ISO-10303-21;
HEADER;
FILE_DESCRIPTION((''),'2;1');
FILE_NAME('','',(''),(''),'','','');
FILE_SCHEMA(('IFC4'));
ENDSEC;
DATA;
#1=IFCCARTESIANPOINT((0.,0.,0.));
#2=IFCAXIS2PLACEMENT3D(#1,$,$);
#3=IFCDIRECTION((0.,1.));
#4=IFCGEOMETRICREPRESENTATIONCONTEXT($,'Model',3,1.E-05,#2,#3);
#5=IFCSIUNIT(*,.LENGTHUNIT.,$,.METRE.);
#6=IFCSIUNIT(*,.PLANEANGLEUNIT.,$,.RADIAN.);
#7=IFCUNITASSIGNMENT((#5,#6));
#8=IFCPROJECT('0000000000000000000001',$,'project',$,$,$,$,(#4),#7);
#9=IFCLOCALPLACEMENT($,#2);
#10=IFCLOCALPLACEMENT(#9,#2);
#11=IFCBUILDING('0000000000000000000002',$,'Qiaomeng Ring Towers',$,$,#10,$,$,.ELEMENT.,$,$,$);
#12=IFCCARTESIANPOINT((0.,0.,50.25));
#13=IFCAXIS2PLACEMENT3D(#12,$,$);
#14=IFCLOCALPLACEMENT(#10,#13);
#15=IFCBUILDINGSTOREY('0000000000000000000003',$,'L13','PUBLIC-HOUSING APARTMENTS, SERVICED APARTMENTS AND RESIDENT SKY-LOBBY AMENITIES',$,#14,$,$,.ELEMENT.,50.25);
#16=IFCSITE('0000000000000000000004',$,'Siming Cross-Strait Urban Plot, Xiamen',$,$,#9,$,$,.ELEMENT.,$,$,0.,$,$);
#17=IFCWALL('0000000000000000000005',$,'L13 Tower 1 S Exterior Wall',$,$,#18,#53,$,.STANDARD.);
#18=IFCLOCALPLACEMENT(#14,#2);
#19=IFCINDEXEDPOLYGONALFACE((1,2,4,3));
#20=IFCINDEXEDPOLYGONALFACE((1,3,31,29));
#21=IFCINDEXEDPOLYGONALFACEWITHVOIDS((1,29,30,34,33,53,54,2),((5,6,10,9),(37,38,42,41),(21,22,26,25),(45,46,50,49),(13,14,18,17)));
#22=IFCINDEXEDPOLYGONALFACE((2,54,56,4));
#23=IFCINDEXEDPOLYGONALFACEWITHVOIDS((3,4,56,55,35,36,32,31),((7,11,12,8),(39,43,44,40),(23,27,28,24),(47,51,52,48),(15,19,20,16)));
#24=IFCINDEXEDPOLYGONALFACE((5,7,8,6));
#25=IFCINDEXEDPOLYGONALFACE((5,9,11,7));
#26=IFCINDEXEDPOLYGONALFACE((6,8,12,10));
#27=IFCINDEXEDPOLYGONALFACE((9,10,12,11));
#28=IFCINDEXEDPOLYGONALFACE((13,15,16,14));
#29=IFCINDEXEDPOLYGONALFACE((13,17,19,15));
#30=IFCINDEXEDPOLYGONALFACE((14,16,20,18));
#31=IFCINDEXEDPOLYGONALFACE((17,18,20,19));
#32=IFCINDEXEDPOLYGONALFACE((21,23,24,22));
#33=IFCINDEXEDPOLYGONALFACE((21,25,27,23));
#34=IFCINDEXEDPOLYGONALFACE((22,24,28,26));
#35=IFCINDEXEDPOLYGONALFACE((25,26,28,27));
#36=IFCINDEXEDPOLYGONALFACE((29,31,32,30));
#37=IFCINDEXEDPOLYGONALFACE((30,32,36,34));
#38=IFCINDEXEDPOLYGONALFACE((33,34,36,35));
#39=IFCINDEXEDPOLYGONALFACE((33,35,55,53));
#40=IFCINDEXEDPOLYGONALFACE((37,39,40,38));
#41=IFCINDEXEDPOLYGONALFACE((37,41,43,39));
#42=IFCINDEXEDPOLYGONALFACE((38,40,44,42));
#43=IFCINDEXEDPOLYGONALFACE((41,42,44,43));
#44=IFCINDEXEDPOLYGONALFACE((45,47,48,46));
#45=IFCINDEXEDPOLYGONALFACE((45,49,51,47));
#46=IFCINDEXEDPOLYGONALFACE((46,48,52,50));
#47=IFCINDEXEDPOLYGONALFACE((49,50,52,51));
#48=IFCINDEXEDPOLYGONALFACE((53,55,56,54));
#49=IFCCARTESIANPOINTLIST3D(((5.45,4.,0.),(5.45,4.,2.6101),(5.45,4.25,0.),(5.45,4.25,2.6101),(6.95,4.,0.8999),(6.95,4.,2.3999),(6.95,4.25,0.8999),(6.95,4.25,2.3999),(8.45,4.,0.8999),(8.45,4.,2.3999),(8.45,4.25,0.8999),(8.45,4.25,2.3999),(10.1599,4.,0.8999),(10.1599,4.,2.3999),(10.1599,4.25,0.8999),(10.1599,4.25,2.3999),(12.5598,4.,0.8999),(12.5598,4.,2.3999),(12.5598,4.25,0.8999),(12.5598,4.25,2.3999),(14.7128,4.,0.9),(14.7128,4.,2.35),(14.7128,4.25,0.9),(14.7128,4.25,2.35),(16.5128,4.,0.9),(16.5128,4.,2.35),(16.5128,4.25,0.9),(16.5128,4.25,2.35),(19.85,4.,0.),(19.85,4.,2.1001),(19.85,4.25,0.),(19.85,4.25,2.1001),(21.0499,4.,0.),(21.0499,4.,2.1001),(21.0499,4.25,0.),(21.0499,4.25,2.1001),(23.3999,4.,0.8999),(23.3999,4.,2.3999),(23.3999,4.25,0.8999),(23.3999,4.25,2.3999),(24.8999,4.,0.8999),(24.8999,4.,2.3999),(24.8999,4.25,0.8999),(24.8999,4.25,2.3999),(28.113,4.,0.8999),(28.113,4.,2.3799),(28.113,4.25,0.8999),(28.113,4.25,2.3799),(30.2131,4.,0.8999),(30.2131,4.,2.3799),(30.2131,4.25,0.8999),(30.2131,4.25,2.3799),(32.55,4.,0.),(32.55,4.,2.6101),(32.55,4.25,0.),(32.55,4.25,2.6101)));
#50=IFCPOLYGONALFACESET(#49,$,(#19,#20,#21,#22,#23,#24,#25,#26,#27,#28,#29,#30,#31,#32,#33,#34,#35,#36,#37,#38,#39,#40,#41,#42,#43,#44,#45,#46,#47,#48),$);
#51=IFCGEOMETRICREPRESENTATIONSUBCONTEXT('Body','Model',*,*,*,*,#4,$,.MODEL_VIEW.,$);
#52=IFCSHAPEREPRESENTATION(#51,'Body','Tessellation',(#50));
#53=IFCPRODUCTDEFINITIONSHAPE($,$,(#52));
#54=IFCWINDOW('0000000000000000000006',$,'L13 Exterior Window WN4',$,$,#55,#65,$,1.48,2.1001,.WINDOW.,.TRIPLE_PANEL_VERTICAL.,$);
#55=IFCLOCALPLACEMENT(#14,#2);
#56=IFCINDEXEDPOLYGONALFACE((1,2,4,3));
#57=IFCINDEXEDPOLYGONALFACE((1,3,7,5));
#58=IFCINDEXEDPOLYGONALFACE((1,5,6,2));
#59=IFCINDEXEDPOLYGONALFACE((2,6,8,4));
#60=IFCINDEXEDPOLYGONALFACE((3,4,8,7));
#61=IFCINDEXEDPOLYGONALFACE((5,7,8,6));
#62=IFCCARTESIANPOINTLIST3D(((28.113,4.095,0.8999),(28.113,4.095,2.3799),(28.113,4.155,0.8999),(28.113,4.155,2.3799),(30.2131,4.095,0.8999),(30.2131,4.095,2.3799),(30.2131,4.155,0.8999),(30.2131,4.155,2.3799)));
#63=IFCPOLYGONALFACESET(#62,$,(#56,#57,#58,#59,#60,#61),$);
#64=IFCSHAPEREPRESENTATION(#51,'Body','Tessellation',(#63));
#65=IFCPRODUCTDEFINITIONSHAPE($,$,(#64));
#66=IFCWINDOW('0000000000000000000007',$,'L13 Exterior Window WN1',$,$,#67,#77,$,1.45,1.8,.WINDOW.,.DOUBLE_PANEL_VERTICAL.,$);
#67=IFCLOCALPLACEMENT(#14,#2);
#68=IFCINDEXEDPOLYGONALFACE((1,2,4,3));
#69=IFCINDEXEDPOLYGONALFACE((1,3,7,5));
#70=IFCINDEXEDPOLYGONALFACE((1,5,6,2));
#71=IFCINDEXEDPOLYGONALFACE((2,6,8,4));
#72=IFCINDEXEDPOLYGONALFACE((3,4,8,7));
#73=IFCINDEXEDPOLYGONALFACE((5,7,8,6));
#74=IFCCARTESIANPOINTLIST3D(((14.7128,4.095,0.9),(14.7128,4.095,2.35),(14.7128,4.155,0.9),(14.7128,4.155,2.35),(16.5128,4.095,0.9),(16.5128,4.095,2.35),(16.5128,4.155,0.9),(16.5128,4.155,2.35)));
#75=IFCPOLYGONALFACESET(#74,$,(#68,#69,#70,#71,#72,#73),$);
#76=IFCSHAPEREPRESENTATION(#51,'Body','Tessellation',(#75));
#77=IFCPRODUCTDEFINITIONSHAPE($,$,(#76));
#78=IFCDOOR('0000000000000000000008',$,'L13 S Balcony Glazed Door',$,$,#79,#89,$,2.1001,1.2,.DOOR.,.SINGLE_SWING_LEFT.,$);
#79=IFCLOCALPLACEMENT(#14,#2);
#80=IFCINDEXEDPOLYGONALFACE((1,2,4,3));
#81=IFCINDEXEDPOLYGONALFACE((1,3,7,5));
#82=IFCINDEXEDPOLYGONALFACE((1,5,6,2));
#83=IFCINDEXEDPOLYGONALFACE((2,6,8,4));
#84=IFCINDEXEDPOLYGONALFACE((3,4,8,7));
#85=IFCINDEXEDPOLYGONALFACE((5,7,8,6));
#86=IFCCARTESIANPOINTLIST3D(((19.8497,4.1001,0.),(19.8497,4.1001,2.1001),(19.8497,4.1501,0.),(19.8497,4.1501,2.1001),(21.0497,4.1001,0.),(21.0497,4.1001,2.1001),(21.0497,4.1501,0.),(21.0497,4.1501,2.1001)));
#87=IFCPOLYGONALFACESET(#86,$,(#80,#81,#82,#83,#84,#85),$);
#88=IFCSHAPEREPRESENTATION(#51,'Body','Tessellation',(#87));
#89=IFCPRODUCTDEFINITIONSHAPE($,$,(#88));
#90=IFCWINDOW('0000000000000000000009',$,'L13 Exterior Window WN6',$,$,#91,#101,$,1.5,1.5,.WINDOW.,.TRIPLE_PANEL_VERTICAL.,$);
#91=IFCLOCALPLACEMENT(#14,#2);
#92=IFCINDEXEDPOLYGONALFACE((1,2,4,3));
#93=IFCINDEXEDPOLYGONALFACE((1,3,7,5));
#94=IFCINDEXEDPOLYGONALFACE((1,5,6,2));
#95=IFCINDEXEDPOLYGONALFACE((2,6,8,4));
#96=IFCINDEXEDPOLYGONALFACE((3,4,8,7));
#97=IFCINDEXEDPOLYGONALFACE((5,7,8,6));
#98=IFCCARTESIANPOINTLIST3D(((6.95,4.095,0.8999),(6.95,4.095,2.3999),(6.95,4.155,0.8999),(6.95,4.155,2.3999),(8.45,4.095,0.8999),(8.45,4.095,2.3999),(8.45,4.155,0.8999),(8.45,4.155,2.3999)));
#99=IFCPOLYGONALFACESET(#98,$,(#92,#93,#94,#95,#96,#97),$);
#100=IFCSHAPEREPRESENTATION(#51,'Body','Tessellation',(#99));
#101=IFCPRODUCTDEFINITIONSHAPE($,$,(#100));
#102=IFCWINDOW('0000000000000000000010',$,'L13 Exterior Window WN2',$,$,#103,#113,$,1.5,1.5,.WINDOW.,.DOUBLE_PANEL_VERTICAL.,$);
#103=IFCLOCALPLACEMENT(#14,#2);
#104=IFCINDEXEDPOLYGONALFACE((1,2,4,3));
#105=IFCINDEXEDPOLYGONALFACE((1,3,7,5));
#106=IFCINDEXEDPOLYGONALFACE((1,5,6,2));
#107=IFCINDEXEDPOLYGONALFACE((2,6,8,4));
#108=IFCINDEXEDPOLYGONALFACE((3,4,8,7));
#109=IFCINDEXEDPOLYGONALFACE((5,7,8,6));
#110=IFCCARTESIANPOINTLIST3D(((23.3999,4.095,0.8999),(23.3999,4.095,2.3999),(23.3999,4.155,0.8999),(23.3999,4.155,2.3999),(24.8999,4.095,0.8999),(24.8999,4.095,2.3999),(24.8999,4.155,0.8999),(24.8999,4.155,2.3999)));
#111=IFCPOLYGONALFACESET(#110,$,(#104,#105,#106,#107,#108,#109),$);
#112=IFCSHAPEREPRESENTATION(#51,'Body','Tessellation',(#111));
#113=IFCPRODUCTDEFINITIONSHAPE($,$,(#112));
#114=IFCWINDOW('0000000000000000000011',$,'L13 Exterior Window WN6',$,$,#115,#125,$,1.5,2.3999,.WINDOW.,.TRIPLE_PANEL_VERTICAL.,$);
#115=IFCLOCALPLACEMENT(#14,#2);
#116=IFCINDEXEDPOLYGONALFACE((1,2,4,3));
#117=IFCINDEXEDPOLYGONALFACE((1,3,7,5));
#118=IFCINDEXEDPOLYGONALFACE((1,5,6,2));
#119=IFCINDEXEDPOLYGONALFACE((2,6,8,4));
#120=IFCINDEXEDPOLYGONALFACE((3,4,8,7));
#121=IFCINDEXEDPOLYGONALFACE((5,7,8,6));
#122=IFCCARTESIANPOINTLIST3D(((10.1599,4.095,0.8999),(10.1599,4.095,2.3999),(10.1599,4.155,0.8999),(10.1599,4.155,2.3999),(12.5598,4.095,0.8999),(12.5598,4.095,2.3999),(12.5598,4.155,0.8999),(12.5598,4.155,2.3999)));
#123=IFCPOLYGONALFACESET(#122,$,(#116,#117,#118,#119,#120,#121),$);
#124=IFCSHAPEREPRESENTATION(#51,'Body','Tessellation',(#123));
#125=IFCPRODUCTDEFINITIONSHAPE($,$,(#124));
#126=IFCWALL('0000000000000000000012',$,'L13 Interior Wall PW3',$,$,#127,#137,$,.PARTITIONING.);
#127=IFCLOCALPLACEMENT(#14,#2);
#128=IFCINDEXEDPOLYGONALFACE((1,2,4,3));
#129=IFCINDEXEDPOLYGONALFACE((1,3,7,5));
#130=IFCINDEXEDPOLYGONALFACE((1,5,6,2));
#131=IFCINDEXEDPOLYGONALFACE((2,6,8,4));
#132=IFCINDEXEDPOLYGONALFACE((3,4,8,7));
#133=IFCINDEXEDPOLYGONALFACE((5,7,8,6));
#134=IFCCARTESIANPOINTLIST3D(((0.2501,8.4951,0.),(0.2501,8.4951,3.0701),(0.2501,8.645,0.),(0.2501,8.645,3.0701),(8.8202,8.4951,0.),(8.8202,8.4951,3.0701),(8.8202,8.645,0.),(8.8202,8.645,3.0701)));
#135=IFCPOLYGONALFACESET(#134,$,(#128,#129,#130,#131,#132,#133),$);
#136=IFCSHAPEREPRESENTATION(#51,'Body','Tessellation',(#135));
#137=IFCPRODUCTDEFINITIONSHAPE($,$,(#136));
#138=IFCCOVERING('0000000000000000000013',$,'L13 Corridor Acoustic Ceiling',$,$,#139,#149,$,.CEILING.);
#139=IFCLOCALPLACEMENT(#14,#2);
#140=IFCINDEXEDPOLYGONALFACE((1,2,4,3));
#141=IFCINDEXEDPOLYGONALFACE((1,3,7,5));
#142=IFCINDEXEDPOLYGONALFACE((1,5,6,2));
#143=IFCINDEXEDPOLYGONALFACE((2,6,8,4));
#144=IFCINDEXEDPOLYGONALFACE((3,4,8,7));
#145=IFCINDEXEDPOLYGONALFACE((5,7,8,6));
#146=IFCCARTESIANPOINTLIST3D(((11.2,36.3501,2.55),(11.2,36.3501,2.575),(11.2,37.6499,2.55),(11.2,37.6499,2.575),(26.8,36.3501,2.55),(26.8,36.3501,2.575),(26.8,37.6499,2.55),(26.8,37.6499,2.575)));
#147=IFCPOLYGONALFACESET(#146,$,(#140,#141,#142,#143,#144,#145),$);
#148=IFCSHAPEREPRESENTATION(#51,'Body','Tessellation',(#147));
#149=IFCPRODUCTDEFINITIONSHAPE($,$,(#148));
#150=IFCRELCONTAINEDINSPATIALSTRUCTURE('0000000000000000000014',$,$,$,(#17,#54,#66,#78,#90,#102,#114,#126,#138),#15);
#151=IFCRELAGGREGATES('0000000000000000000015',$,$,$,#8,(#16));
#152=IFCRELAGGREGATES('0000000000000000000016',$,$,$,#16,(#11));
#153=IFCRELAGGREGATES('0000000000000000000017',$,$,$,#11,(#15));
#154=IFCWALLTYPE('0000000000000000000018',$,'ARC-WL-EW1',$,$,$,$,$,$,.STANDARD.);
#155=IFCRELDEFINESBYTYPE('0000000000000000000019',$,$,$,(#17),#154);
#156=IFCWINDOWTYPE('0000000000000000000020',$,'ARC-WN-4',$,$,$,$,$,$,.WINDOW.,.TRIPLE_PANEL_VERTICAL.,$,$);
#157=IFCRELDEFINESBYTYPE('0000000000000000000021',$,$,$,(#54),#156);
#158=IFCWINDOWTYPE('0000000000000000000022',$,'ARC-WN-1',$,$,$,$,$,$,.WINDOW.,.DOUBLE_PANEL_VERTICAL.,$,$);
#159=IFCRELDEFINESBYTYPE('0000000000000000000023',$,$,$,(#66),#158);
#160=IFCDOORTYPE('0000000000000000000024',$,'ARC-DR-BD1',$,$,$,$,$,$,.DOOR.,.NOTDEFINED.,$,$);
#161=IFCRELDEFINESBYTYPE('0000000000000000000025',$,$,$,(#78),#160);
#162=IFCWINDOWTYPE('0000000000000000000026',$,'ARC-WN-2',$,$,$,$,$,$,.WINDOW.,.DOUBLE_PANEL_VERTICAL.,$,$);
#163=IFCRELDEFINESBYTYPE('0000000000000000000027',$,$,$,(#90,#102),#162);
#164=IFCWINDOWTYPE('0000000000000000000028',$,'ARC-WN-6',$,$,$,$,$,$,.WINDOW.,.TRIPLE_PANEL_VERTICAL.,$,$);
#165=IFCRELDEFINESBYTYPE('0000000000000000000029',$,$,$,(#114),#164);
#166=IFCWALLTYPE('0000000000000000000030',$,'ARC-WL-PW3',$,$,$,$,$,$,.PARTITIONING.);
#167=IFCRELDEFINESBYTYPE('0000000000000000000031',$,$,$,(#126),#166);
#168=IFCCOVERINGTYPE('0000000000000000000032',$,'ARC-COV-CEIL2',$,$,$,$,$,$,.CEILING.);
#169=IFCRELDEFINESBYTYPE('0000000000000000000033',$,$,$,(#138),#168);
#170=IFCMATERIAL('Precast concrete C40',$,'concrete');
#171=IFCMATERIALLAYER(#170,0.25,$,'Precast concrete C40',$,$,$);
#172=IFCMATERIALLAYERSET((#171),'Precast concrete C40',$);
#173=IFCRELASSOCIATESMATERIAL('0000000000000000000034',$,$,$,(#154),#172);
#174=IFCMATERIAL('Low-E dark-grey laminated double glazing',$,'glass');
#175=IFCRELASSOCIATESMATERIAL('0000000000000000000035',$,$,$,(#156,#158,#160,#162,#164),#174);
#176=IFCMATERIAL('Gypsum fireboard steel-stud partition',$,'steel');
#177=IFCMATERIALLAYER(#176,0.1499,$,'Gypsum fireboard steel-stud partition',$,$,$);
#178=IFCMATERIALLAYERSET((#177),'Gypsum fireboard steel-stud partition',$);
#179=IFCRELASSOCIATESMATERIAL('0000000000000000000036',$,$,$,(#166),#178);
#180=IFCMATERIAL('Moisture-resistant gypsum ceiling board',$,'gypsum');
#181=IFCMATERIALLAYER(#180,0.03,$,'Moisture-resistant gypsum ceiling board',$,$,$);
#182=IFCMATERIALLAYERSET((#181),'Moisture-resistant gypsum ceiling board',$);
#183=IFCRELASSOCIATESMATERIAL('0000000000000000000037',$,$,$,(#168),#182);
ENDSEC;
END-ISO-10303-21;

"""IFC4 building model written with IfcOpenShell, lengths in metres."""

from ifc_helpers import new_model, si_unit, direction, frame, frame_2d, origin, place, context, subcontext, project, spatial, polyline, rectangle, outline, extrude, source, transform, mapped, material, layer, layer_set, type_object, element, fill, save


model = new_model("IFC4")

# Units and contexts
model_context = context("Model", 3, precision=1e-05, world=origin(), true_north=direction((0.0, 1.0)))
body_context = subcontext(model_context, "Body", "Model", "MODEL_VIEW")
ifc_project = project(units=[si_unit("LENGTHUNIT", "METRE"), si_unit("PLANEANGLEUNIT", "RADIAN")], contexts=[model_context])

# Site, building, storey
site_placement = place(None, origin())
site = spatial("IfcSite", under=ifc_project, at=site_placement, Name="Siming Cross-Strait Urban Plot, Xiamen", CompositionType="ELEMENT", RefElevation=0.0)
building_placement = place(site_placement, origin())
building = spatial("IfcBuilding", under=site, at=building_placement, Name="Qiaomeng Ring Towers", CompositionType="ELEMENT")
storey_placement = place(building_placement, frame((0.0, 0.0, 50.25)))
storey = spatial("IfcBuildingStorey", under=building, at=storey_placement, Name="L13", Description="PUBLIC-HOUSING APARTMENTS, SERVICED APARTMENTS AND RESIDENT SKY-LOBBY AMENITIES", CompositionType="ELEMENT", Elevation=50.25)

# Shared definitions
ifc_material_1 = material(Name="Low-E dark-grey laminated double glazing", Category="glass")

# Wall, openings, windows, door
ifc_material_2 = material(Name="Precast concrete C40", Category="concrete")
ifc_layer_1 = layer(ifc_material_2, 0.25, Name="Precast concrete C40")
ifc_layer_set_1 = layer_set([ifc_layer_1], Name="Precast concrete C40")
wall_type_1 = type_object("IfcWallType", Name="ARC-WL-EW1", PredefinedType="STANDARD", material=ifc_layer_set_1)
wall_1_placement = place(storey_placement, frame((5.45, 4.125, 0.0), z_axis=(0.0, 0.0, 1.0), x_axis=(1.0, 0.0, 0.0)))
wall_1 = element("IfcWall", 1, at=wall_1_placement, inside=storey, type_object=wall_type_1, Name="L13 Tower 1 S Exterior Wall", PredefinedType="STANDARD", context=body_context, shape_type="SweptSolid", body=[
    extrude(rectangle(XDim=27.1001, YDim=0.25, at=frame_2d((13.55, 0.0))), origin(), (0.0, 0.0, 1.0), 2.6101),
])
opening_1_placement = place(wall_1_placement, frame((14.3999, 0.0, 0.0)))
opening_1 = element("IfcOpeningElement", 2, at=opening_1_placement, cuts=wall_1, PredefinedType="OPENING", context=body_context, shape_type="SweptSolid", body=[
    extrude(rectangle(XDim=1.2, YDim=2.1001, at=frame_2d((0.6001, 1.05))), frame((0.0, 0.135, 0.0), z_axis=(0.0, -1.0, 0.0), x_axis=(1.0, 0.0, 0.0)), (0.0, 0.0, 1.0), 0.27),
])
opening_2_placement = place(wall_1_placement, frame((1.5, 0.0, 0.8999)))
opening_2 = element("IfcOpeningElement", 3, at=opening_2_placement, cuts=wall_1, PredefinedType="OPENING", context=body_context, shape_type="SweptSolid", body=[
    extrude(rectangle(XDim=1.5, YDim=1.5, at=frame_2d((0.75, 0.75))), frame((0.0, 0.135, 0.0), z_axis=(0.0, -1.0, 0.0), x_axis=(1.0, 0.0, 0.0)), (0.0, 0.0, 1.0), 0.27),
])
opening_3_placement = place(wall_1_placement, frame((9.2629, 0.0, 0.8999)))
opening_3 = element("IfcOpeningElement", 4, at=opening_3_placement, cuts=wall_1, PredefinedType="OPENING", context=body_context, shape_type="SweptSolid", body=[
    extrude(rectangle(XDim=1.8, YDim=1.45, at=frame_2d((0.8999, 0.7251))), frame((0.0, 0.135, 0.0), z_axis=(0.0, -1.0, 0.0), x_axis=(1.0, 0.0, 0.0)), (0.0, 0.0, 1.0), 0.27),
])
opening_4_placement = place(wall_1_placement, frame((17.95, 0.0, 0.8999)))
opening_4 = element("IfcOpeningElement", 5, at=opening_4_placement, cuts=wall_1, PredefinedType="OPENING", context=body_context, shape_type="SweptSolid", body=[
    extrude(rectangle(XDim=1.5, YDim=1.5, at=frame_2d((0.75, 0.75))), frame((0.0, 0.135, 0.0), z_axis=(0.0, -1.0, 0.0), x_axis=(1.0, 0.0, 0.0)), (0.0, 0.0, 1.0), 0.27),
])
opening_5_placement = place(wall_1_placement, frame((22.6631, 0.0, 0.8999)))
opening_5 = element("IfcOpeningElement", 6, at=opening_5_placement, cuts=wall_1, PredefinedType="OPENING", context=body_context, shape_type="SweptSolid", body=[
    extrude(rectangle(XDim=2.1001, YDim=1.48, at=frame_2d((1.05, 0.74))), frame((0.0, 0.135, 0.0), z_axis=(0.0, -1.0, 0.0), x_axis=(1.0, 0.0, 0.0)), (0.0, 0.0, 1.0), 0.27),
])
opening_6_placement = place(wall_1_placement, frame((4.71, 0.0, 0.8999)))
opening_6 = element("IfcOpeningElement", 7, at=opening_6_placement, cuts=wall_1, PredefinedType="OPENING", context=body_context, shape_type="SweptSolid", body=[
    extrude(rectangle(XDim=2.3999, YDim=1.5, at=frame_2d((1.2, 0.75))), frame((0.0, 0.135, 0.0), z_axis=(0.0, -1.0, 0.0), x_axis=(1.0, 0.0, 0.0)), (0.0, 0.0, 1.0), 0.27),
])
window_type_1 = type_object("IfcWindowType", Name="ARC-WN-4", PartitioningType="TRIPLE_PANEL_VERTICAL", PredefinedType="WINDOW", material=ifc_material_1)
shared_shape_1 = source(origin(), body_context, "Body", "SweptSolid", [
    extrude(rectangle(XDim=2.1001, YDim=1.48, at=frame_2d((1.05, 0.74))), frame((0.0, 0.03, 0.0), z_axis=(0.0, -1.0, 0.0), x_axis=(1.0, 0.0, 0.0)), (0.0, 0.0, 1.0), 0.0601),
])
window_1_placement = place(opening_5_placement, origin())
window_1 = element("IfcWindow", 8, at=window_1_placement, inside=storey, type_object=window_type_1, Name="L13 Exterior Window WN4", OverallHeight=1.48, OverallWidth=2.1001, PartitioningType="TRIPLE_PANEL_VERTICAL", PredefinedType="WINDOW", context=body_context, shape_type="MappedRepresentation", body=[
    mapped(shared_shape_1, transform((0.0, 0.0, 0.0), x_axis=(1.0, 0.0, 0.0), y_axis=(0.0, 1.0, 0.0), z_axis=(0.0, 0.0, 1.0), scale=1.0)),
])
fill(opening_5, window_1)
window_type_2 = type_object("IfcWindowType", Name="ARC-WN-1", PartitioningType="DOUBLE_PANEL_VERTICAL", PredefinedType="WINDOW", material=ifc_material_1)
shared_shape_2 = source(origin(), body_context, "Body", "SweptSolid", [
    extrude(rectangle(XDim=1.8, YDim=1.45, at=frame_2d((0.8999, 0.7251))), frame((0.0, 0.03, 0.0), z_axis=(0.0, -1.0, 0.0), x_axis=(1.0, 0.0, 0.0)), (0.0, 0.0, 1.0), 0.0601),
])
window_2_placement = place(opening_3_placement, origin())
window_2 = element("IfcWindow", 9, at=window_2_placement, inside=storey, type_object=window_type_2, Name="L13 Exterior Window WN1", OverallHeight=1.45, OverallWidth=1.8, PartitioningType="DOUBLE_PANEL_VERTICAL", PredefinedType="WINDOW", context=body_context, shape_type="MappedRepresentation", body=[
    mapped(shared_shape_2, transform((0.0, 0.0, 0.0), x_axis=(1.0, 0.0, 0.0), y_axis=(0.0, 1.0, 0.0), z_axis=(0.0, 0.0, 1.0), scale=1.0)),
])
fill(opening_3, window_2)
door_type = type_object("IfcDoorType", Name="ARC-DR-BD1", OperationType="NOTDEFINED", PredefinedType="DOOR", material=ifc_material_1)
shared_shape_3 = source(origin(), body_context, "Body", "SweptSolid", [
    extrude(rectangle(XDim=1.2, YDim=2.1001, at=frame_2d((0.6001, 1.05))), frame((0.0, 0.0249, 0.0), z_axis=(0.0, -1.0, 0.0), x_axis=(1.0, 0.0, 0.0)), (0.0, 0.0, 1.0), 0.05),
])
door_placement = place(opening_1_placement, frame((1.2, 0.0, 0.0), z_axis=(0.0, 0.0, 1.0), x_axis=(-1.0, 0.0, 0.0)))
door = element("IfcDoor", 10, at=door_placement, inside=storey, type_object=door_type, Name="L13 S Balcony Glazed Door", OperationType="SINGLE_SWING_LEFT", OverallHeight=2.1001, OverallWidth=1.2, PredefinedType="DOOR", context=body_context, shape_type="MappedRepresentation", body=[
    mapped(shared_shape_3, transform((0.0, 0.0, 0.0), x_axis=(1.0, 0.0, 0.0), y_axis=(0.0, 1.0, 0.0), z_axis=(0.0, 0.0, 1.0), scale=1.0)),
])
fill(opening_1, door)
window_type_3 = type_object("IfcWindowType", Name="ARC-WN-2", PartitioningType="DOUBLE_PANEL_VERTICAL", PredefinedType="WINDOW", material=ifc_material_1)
shared_shape_4 = source(origin(), body_context, "Body", "SweptSolid", [
    extrude(rectangle(XDim=1.5, YDim=1.5, at=frame_2d((0.75, 0.75))), frame((0.0, 0.03, 0.0), z_axis=(0.0, -1.0, 0.0), x_axis=(1.0, 0.0, 0.0)), (0.0, 0.0, 1.0), 0.0601),
])
window_3_placement = place(opening_2_placement, origin())
window_3 = element("IfcWindow", 11, at=window_3_placement, inside=storey, type_object=window_type_3, Name="L13 Exterior Window WN6", OverallHeight=1.5, OverallWidth=1.5, PartitioningType="TRIPLE_PANEL_VERTICAL", PredefinedType="WINDOW", context=body_context, shape_type="MappedRepresentation", body=[
    mapped(shared_shape_4, transform((0.0, 0.0, 0.0), x_axis=(1.0, 0.0, 0.0), y_axis=(0.0, 1.0, 0.0), z_axis=(0.0, 0.0, 1.0), scale=1.0)),
])
fill(opening_2, window_3)
window_4_placement = place(opening_4_placement, origin())
window_4 = element("IfcWindow", 12, at=window_4_placement, inside=storey, type_object=window_type_3, Name="L13 Exterior Window WN2", OverallHeight=1.5, OverallWidth=1.5, PartitioningType="DOUBLE_PANEL_VERTICAL", PredefinedType="WINDOW", context=body_context, shape_type="MappedRepresentation", body=[
    mapped(shared_shape_4, transform((0.0, 0.0, 0.0), x_axis=(1.0, 0.0, 0.0), y_axis=(0.0, 1.0, 0.0), z_axis=(0.0, 0.0, 1.0), scale=1.0)),
])
fill(opening_4, window_4)
window_type_4 = type_object("IfcWindowType", Name="ARC-WN-6", PartitioningType="TRIPLE_PANEL_VERTICAL", PredefinedType="WINDOW", material=ifc_material_1)
shared_shape_5 = source(origin(), body_context, "Body", "SweptSolid", [
    extrude(rectangle(XDim=2.3999, YDim=1.5, at=frame_2d((1.2, 0.75))), frame((0.0, 0.03, 0.0), z_axis=(0.0, -1.0, 0.0), x_axis=(1.0, 0.0, 0.0)), (0.0, 0.0, 1.0), 0.0601),
])
window_5_placement = place(opening_6_placement, origin())
window_5 = element("IfcWindow", 13, at=window_5_placement, inside=storey, type_object=window_type_4, Name="L13 Exterior Window WN6", OverallHeight=1.5, OverallWidth=2.3999, PartitioningType="TRIPLE_PANEL_VERTICAL", PredefinedType="WINDOW", context=body_context, shape_type="MappedRepresentation", body=[
    mapped(shared_shape_5, transform((0.0, 0.0, 0.0), x_axis=(1.0, 0.0, 0.0), y_axis=(0.0, 1.0, 0.0), z_axis=(0.0, 0.0, 1.0), scale=1.0)),
])
fill(opening_6, window_5)

# Wall
ifc_material_3 = material(Name="Gypsum fireboard steel-stud partition", Category="steel")
ifc_layer_2 = layer(ifc_material_3, 0.1499, Name="Gypsum fireboard steel-stud partition")
ifc_layer_set_2 = layer_set([ifc_layer_2], Name="Gypsum fireboard steel-stud partition")
wall_type_2 = type_object("IfcWallType", Name="ARC-WL-PW3", PredefinedType="PARTITIONING", material=ifc_layer_set_2)
wall_2_placement = place(storey_placement, frame((0.25, 8.5701, 0.0), z_axis=(0.0, 0.0, 1.0), x_axis=(1.0, 0.0, 0.0)))
element("IfcWall", 14, at=wall_2_placement, inside=storey, type_object=wall_type_2, Name="L13 Interior Wall PW3", PredefinedType="PARTITIONING", context=body_context, shape_type="SweptSolid", body=[
    extrude(rectangle(XDim=8.5701, YDim=0.1499, at=frame_2d((4.2852, 0.0))), origin(), (0.0, 0.0, 1.0), 3.0701),
])

# Covering
ifc_material_4 = material(Name="Moisture-resistant gypsum ceiling board", Category="gypsum")
ifc_layer_3 = layer(ifc_material_4, 0.03, Name="Moisture-resistant gypsum ceiling board")
ifc_layer_set_3 = layer_set([ifc_layer_3], Name="Moisture-resistant gypsum ceiling board")
covering_type_1 = type_object("IfcCoveringType", Name="ARC-COV-CEIL2", PredefinedType="CEILING", material=ifc_layer_set_3)
covering_1_placement = place(storey_placement, frame((0.0, 0.0, 2.55)))
element("IfcCovering", 15, at=covering_1_placement, inside=storey, type_object=covering_type_1, Name="L13 Corridor Acoustic Ceiling", PredefinedType="CEILING", context=body_context, shape_type="SweptSolid", body=[
    extrude(outline(polyline([(11.2, 36.3501), (11.2, 37.6499), (26.8, 37.6499), (26.8, 36.3501), (11.2, 36.3501)])), origin(), (0.0, 0.0, 1.0), 0.0249),
])

save(model, "model.ifc")
